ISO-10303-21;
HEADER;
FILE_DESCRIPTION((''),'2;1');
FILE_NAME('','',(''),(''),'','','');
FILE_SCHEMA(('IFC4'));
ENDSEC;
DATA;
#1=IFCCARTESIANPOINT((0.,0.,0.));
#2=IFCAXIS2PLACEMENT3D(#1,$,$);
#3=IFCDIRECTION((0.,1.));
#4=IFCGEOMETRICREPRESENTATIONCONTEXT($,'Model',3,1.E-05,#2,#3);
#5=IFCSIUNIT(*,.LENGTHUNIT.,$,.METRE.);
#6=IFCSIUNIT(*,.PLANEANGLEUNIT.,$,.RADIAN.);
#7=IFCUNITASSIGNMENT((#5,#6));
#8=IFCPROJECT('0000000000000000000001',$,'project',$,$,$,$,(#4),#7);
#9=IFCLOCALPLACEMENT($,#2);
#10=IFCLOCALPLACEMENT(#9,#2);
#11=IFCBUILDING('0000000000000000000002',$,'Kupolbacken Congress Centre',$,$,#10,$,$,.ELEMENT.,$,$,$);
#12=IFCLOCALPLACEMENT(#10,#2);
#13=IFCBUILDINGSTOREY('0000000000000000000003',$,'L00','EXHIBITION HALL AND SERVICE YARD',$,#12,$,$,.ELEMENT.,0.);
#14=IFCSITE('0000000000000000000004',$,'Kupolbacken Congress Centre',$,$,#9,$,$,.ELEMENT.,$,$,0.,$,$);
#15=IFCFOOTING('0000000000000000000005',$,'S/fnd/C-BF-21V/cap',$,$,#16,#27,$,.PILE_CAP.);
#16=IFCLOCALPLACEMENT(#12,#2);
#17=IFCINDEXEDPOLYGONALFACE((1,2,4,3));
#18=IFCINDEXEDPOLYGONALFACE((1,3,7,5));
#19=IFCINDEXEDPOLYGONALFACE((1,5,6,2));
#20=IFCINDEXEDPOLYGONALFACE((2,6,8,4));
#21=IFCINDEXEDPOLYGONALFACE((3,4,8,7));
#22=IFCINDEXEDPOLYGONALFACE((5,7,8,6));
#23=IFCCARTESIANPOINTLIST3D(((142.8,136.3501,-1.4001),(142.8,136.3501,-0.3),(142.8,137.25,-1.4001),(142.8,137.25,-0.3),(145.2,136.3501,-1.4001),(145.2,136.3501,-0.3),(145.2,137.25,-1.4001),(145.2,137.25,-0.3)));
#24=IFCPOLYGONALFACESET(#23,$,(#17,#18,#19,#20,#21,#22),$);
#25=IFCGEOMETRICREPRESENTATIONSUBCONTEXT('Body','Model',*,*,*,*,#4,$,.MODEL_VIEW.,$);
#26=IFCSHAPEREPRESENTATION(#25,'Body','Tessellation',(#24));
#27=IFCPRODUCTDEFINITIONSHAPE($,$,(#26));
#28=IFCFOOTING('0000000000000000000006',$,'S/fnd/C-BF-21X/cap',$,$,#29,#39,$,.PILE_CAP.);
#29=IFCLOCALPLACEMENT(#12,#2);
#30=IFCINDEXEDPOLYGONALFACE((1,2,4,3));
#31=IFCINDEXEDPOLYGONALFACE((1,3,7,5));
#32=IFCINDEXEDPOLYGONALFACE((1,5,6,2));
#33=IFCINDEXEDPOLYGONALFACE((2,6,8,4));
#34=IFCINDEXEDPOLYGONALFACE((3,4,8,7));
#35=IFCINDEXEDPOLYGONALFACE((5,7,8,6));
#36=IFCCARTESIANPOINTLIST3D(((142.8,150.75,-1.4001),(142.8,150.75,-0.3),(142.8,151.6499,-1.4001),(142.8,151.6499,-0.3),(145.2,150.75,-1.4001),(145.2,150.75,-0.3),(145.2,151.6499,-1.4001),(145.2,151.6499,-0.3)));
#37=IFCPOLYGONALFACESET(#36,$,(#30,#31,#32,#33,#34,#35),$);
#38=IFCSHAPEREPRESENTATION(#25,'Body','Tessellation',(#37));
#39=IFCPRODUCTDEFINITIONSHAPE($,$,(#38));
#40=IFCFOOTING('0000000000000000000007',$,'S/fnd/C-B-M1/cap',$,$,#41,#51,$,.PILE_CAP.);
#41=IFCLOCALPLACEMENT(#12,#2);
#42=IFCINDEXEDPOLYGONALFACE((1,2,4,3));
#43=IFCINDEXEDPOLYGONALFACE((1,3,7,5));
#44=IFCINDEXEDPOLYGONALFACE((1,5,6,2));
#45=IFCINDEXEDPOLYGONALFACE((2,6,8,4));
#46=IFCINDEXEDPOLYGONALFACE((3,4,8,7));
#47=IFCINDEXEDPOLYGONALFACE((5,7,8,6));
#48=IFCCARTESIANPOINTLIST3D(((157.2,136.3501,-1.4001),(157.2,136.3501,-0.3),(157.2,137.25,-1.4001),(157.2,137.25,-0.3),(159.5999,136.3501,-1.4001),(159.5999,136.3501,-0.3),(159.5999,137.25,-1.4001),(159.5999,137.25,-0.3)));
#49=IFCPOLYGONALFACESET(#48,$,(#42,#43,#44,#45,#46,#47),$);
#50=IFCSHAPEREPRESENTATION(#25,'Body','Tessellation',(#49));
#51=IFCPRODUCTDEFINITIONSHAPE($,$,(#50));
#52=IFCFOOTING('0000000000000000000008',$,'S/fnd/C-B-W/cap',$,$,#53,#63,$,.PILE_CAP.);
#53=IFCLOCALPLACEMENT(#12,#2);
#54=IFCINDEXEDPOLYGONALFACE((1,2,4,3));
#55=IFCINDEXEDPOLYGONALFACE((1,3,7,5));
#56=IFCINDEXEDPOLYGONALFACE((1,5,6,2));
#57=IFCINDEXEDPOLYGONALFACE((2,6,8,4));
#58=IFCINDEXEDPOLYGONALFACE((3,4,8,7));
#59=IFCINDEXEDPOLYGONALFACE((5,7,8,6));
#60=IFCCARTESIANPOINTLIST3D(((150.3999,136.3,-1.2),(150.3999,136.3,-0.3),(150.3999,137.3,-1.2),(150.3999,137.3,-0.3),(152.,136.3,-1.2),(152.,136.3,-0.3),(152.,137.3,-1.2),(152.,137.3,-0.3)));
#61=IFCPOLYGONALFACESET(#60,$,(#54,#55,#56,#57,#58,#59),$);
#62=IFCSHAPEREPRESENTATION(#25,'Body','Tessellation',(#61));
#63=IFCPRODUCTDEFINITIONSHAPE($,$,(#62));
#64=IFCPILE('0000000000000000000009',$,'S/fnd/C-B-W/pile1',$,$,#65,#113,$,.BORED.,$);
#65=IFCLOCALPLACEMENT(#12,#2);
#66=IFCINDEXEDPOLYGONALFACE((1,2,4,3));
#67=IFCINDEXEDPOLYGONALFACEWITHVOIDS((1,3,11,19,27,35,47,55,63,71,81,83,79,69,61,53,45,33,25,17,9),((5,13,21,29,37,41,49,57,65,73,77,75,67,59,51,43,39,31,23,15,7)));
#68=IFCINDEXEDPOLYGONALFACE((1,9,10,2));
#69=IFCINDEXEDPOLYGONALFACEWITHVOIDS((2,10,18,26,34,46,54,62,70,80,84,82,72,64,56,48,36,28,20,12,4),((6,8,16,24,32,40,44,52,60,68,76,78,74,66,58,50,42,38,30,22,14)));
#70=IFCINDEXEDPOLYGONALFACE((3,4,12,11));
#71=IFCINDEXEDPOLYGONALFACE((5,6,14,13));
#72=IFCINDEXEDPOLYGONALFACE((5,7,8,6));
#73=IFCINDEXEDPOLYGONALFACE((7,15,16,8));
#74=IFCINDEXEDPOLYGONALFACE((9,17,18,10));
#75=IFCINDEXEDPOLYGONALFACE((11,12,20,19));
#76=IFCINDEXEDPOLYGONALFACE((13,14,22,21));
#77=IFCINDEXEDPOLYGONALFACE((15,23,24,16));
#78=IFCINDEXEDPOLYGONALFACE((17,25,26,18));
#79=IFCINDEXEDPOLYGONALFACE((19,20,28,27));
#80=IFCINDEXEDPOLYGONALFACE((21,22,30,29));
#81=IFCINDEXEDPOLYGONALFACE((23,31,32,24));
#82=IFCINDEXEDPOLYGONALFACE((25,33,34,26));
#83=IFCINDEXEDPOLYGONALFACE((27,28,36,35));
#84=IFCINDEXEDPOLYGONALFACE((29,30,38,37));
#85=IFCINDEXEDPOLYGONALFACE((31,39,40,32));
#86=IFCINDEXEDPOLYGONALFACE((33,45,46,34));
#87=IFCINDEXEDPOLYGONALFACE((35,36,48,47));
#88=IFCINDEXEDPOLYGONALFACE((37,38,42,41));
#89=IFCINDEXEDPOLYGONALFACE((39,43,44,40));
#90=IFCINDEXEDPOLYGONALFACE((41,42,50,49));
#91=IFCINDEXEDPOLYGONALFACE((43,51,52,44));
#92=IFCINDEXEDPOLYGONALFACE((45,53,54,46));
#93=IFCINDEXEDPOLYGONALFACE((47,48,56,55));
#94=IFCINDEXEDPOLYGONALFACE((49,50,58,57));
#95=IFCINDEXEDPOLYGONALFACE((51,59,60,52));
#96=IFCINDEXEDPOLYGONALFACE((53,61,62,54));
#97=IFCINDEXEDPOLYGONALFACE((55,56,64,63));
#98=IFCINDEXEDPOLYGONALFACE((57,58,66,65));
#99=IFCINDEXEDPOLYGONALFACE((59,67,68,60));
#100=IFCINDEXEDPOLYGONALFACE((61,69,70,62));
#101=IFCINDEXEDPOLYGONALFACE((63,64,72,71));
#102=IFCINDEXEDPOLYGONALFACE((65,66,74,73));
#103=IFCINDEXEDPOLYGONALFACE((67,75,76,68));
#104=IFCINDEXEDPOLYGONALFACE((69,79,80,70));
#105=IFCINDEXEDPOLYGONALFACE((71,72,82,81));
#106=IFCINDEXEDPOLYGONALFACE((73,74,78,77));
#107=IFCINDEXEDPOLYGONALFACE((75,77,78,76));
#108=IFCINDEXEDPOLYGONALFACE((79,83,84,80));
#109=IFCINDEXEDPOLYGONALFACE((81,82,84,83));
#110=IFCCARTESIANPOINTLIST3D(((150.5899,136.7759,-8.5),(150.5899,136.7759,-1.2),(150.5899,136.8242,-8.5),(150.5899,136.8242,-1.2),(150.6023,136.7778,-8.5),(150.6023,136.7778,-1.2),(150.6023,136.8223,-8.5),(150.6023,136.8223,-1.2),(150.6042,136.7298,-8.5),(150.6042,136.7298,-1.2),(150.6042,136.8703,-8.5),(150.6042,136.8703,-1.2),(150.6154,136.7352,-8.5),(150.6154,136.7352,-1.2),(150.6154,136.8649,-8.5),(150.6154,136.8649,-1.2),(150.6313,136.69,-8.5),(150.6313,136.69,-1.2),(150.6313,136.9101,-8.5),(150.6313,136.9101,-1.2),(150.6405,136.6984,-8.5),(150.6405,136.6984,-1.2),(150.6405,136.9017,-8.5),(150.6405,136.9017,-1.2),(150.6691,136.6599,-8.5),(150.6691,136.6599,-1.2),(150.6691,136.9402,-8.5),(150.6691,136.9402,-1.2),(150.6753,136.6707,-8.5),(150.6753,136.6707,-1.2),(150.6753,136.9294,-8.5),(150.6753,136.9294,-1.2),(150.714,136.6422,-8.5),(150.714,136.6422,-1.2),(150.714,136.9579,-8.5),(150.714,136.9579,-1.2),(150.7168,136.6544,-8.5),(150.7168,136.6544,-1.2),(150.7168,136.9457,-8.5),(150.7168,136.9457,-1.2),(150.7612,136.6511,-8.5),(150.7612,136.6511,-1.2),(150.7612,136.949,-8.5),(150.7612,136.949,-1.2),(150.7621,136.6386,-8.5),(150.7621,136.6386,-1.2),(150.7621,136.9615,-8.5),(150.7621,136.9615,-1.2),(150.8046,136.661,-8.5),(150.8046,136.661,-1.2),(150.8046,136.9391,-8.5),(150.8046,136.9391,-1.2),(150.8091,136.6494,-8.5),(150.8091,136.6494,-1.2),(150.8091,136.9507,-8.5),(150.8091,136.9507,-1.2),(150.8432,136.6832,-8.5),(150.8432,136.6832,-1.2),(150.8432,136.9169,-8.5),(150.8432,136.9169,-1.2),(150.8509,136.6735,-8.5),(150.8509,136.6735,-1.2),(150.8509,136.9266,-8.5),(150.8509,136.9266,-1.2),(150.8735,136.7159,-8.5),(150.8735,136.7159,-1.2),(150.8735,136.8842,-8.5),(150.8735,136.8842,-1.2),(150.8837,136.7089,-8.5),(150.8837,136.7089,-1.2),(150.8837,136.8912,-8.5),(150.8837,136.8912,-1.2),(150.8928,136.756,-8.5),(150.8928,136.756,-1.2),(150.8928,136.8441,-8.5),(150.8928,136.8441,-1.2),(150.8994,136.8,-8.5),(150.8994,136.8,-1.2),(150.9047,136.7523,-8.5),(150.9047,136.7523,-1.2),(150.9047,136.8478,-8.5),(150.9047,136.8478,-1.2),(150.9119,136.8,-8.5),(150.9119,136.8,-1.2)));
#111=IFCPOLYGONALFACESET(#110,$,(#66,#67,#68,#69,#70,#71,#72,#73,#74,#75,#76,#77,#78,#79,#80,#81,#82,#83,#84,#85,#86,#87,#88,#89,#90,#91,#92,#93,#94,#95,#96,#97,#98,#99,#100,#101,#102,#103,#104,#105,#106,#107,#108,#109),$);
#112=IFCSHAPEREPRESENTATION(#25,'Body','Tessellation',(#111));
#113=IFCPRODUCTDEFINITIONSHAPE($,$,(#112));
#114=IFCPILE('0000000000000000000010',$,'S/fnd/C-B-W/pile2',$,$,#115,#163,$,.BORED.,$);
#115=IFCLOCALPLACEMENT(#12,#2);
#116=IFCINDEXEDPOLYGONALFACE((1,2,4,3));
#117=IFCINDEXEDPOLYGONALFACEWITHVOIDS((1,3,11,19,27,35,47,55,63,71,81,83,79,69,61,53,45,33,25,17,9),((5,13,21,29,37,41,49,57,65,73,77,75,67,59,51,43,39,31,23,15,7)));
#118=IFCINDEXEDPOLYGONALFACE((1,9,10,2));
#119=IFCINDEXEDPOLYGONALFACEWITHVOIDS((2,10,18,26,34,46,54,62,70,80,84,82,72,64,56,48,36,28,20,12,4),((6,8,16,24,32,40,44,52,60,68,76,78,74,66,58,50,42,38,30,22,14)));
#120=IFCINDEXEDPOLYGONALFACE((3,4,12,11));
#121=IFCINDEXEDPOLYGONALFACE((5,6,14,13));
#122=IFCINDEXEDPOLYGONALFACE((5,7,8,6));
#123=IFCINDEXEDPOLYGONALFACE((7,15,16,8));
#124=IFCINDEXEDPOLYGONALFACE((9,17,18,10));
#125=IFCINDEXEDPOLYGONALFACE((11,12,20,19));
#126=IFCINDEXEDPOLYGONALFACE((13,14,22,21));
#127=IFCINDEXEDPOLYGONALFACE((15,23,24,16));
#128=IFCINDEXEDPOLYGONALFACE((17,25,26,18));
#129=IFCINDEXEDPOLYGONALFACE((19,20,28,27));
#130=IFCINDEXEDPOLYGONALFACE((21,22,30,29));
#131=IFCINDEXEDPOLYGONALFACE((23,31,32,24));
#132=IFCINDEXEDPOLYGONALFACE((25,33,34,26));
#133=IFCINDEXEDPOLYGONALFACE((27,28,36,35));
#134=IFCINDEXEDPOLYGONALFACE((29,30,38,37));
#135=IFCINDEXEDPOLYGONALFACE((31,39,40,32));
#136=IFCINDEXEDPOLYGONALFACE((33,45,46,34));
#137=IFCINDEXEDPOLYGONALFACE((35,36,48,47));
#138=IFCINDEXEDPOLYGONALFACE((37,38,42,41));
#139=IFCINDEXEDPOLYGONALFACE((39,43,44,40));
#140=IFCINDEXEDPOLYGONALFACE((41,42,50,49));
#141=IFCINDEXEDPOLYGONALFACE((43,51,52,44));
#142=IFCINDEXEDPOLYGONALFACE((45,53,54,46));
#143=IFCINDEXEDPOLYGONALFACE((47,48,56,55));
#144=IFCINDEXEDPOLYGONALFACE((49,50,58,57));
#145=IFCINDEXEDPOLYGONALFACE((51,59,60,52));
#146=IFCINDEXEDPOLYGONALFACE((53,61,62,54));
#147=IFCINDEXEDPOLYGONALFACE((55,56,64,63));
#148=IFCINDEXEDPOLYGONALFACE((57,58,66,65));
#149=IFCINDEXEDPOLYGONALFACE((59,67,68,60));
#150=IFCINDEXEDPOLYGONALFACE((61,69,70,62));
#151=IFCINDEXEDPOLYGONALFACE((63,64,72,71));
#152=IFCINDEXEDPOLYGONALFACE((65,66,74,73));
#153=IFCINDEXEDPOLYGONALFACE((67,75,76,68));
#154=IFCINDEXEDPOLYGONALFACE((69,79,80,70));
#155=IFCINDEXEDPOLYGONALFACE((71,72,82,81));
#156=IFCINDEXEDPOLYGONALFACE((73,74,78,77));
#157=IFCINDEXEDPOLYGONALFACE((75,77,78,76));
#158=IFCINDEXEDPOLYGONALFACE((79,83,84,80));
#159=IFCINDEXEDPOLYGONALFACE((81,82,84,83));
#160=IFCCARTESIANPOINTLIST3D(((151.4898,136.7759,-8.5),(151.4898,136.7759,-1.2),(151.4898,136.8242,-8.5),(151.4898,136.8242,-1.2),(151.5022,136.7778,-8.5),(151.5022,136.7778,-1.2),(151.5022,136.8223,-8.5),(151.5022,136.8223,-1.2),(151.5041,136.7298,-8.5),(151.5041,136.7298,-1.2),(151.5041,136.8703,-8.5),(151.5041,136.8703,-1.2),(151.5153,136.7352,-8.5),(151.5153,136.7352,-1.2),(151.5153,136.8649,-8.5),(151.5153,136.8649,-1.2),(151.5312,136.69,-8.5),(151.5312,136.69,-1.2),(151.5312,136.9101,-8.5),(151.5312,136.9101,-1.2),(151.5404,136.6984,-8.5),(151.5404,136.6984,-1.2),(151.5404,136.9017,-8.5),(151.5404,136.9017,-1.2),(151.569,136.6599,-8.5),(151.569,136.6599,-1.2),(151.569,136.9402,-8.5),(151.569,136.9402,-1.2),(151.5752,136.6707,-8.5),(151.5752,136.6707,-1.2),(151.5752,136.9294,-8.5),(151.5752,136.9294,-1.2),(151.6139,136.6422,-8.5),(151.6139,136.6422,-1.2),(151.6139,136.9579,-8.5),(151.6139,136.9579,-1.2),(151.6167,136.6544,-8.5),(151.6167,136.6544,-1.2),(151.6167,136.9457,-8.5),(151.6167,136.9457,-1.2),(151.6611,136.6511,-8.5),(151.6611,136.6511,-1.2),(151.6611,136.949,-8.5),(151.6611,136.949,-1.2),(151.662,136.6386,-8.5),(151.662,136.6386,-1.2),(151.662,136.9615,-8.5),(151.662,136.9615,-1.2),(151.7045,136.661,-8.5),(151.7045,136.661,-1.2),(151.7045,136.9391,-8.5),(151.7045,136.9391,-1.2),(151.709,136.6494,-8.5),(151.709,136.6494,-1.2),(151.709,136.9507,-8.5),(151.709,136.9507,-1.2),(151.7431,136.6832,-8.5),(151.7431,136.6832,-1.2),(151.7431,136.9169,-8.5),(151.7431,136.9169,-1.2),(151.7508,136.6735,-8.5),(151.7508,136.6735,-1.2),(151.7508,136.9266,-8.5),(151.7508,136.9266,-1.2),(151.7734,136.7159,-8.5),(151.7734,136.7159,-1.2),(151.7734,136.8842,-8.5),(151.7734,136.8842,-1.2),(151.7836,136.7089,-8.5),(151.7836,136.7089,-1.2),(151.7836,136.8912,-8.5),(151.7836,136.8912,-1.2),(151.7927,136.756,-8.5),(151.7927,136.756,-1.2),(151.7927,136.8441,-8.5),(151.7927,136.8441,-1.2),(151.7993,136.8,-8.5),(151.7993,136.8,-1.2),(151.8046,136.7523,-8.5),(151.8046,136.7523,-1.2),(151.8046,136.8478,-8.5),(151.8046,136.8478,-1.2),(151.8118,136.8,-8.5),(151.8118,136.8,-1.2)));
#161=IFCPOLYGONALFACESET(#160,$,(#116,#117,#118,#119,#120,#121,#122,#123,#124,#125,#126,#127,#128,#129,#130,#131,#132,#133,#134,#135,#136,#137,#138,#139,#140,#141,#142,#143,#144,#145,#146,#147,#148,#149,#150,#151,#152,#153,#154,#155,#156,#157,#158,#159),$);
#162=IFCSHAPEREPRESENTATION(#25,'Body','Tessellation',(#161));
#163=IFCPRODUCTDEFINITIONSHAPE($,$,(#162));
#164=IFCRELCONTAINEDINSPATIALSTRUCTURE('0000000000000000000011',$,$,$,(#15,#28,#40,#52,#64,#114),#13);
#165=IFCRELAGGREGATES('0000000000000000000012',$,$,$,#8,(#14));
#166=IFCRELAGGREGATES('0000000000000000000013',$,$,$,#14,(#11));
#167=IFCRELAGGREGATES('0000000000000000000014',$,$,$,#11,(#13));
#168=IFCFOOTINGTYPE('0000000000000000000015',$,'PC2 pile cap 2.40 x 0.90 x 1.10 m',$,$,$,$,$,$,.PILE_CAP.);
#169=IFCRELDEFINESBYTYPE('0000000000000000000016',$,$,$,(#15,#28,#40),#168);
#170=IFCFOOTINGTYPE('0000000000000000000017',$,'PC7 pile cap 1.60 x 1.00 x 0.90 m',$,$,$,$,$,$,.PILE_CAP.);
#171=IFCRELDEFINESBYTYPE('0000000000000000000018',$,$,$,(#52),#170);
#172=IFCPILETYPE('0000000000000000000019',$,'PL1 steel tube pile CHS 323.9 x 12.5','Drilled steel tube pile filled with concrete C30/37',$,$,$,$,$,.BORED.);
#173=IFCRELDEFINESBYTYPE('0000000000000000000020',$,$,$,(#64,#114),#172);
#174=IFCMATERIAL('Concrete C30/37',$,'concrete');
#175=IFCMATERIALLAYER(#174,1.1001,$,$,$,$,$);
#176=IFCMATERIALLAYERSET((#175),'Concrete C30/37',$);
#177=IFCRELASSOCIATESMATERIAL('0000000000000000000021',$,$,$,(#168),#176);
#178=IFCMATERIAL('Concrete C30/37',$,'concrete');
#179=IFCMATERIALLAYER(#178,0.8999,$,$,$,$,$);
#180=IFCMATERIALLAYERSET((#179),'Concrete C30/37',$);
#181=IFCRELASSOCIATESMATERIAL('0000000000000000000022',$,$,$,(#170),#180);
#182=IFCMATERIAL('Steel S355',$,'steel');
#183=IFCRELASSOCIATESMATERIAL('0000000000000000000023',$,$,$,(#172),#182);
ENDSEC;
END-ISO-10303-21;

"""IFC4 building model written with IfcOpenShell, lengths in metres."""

from ifc_helpers import new_model, si_unit, direction, frame, origin, origin_2d, place, context, subcontext, project, spatial, rectangle, hollow_circle, extrude, material, layer, layer_set, material_profile, profile_set, type_object, element, save


model = new_model("IFC4")

# Units and contexts
model_context = context("Model", 3, precision=1e-05, world=origin(), true_north=direction((0.0, 1.0)))
body_context = subcontext(model_context, "Body", "Model", "MODEL_VIEW")
ifc_project = project(units=[si_unit("LENGTHUNIT", "METRE"), si_unit("PLANEANGLEUNIT", "RADIAN")], contexts=[model_context])

# Site, building, storey
site_placement = place(None, origin())
site = spatial("IfcSite", under=ifc_project, at=site_placement, Name="Kupolbacken Congress Centre", CompositionType="ELEMENT", RefElevation=0.0)
building_placement = place(site_placement, origin())
building = spatial("IfcBuilding", under=site, at=building_placement, Name="Kupolbacken Congress Centre", CompositionType="ELEMENT")
storey_placement = place(building_placement, origin())
storey = spatial("IfcBuildingStorey", under=building, at=storey_placement, Name="L00", Description="EXHIBITION HALL AND SERVICE YARD", CompositionType="ELEMENT", Elevation=0.0)

# Footings
ifc_material_1 = material(Name="Concrete C30/37", Category="concrete")
ifc_layer_1 = layer(ifc_material_1, 1.1001)
ifc_layer_set_1 = layer_set([ifc_layer_1], Name="Concrete C30/37")
footing_type_1 = type_object("IfcFootingType", Name="PC2 pile cap 2.40 x 0.90 x 1.10 m", PredefinedType="PILE_CAP", material=ifc_layer_set_1)
for number, where, z_axis, x_axis, name in (
    (1, (144.0, 136.8, -1.4001), (0.0, 0.0, 1.0), (1.0, 0.0, 0.0), "S/fnd/C-BF-21V/cap"),
    (2, (144.0, 151.2, -1.4001), (0.0, 0.0, 1.0), (1.0, 0.0, 0.0), "S/fnd/C-BF-21X/cap"),
    (3, (158.3999, 136.8, -1.4001), (0.0, 0.0, 1.0), (1.0, 0.0, 0.0), "S/fnd/C-B-M1/cap"),
):
    element("IfcFooting", number, at=place(storey_placement, frame(where, z_axis=z_axis, x_axis=x_axis)), inside=storey, type_object=footing_type_1, Name=name, PredefinedType="PILE_CAP", context=body_context, shape_type="SweptSolid", body=[
        extrude(rectangle(XDim=2.3999, YDim=0.8999, at=origin_2d()), origin(), (0.0, 0.0, 1.0), 1.1001),
    ])
ifc_material_2 = material(Name="Concrete C30/37", Category="concrete")
ifc_layer_2 = layer(ifc_material_2, 0.8999)
ifc_layer_set_2 = layer_set([ifc_layer_2], Name="Concrete C30/37")
footing_type_2 = type_object("IfcFootingType", Name="PC7 pile cap 1.60 x 1.00 x 0.90 m", PredefinedType="PILE_CAP", material=ifc_layer_set_2)
footing_1_placement = place(storey_placement, frame((151.2, 136.8, -1.2), z_axis=(0.0, 0.0, 1.0), x_axis=(1.0, 0.0, 0.0)))
element("IfcFooting", 4, at=footing_1_placement, inside=storey, type_object=footing_type_2, Name="S/fnd/C-B-W/cap", PredefinedType="PILE_CAP", context=body_context, shape_type="SweptSolid", body=[
    extrude(rectangle(XDim=1.6001, YDim=1.0, at=origin_2d()), origin(), (0.0, 0.0, 1.0), 0.8999),
])

# Piles
ifc_material_3 = material(Name="Steel S355", Category="steel")
ifc_material_profile_1 = material_profile(ifc_material_3, hollow_circle(Radius=0.1619, WallThickness=0.0125, at=origin_2d()), Name="CHS 323.9 x 12.5")
ifc_profile_set_1 = profile_set([ifc_material_profile_1], Name="Steel S355")
pile_type_1 = type_object("IfcPileType", Name="PL1 steel tube pile CHS 323.9 x 12.5", Description="Drilled steel tube pile filled with concrete C30/37", PredefinedType="BORED", material=ifc_profile_set_1)
for number, where, z_axis, x_axis, name in (
    (5, (150.75, 136.8, -1.2), (0.0, 0.0, -1.0), (1.0, 0.0, 0.0), "S/fnd/C-B-W/pile1"),
    (6, (151.6499, 136.8, -1.2), (0.0, 0.0, -1.0), (1.0, 0.0, 0.0), "S/fnd/C-B-W/pile2"),
):
    element("IfcPile", number, at=place(storey_placement, frame(where, z_axis=z_axis, x_axis=x_axis)), inside=storey, type_object=pile_type_1, Name=name, PredefinedType="BORED", context=body_context, shape_type="SweptSolid", body=[
        extrude(hollow_circle(Radius=0.1619, WallThickness=0.0125, at=origin_2d()), origin(), (0.0, 0.0, 1.0), 7.3),
    ])

save(model, "model.ifc")
